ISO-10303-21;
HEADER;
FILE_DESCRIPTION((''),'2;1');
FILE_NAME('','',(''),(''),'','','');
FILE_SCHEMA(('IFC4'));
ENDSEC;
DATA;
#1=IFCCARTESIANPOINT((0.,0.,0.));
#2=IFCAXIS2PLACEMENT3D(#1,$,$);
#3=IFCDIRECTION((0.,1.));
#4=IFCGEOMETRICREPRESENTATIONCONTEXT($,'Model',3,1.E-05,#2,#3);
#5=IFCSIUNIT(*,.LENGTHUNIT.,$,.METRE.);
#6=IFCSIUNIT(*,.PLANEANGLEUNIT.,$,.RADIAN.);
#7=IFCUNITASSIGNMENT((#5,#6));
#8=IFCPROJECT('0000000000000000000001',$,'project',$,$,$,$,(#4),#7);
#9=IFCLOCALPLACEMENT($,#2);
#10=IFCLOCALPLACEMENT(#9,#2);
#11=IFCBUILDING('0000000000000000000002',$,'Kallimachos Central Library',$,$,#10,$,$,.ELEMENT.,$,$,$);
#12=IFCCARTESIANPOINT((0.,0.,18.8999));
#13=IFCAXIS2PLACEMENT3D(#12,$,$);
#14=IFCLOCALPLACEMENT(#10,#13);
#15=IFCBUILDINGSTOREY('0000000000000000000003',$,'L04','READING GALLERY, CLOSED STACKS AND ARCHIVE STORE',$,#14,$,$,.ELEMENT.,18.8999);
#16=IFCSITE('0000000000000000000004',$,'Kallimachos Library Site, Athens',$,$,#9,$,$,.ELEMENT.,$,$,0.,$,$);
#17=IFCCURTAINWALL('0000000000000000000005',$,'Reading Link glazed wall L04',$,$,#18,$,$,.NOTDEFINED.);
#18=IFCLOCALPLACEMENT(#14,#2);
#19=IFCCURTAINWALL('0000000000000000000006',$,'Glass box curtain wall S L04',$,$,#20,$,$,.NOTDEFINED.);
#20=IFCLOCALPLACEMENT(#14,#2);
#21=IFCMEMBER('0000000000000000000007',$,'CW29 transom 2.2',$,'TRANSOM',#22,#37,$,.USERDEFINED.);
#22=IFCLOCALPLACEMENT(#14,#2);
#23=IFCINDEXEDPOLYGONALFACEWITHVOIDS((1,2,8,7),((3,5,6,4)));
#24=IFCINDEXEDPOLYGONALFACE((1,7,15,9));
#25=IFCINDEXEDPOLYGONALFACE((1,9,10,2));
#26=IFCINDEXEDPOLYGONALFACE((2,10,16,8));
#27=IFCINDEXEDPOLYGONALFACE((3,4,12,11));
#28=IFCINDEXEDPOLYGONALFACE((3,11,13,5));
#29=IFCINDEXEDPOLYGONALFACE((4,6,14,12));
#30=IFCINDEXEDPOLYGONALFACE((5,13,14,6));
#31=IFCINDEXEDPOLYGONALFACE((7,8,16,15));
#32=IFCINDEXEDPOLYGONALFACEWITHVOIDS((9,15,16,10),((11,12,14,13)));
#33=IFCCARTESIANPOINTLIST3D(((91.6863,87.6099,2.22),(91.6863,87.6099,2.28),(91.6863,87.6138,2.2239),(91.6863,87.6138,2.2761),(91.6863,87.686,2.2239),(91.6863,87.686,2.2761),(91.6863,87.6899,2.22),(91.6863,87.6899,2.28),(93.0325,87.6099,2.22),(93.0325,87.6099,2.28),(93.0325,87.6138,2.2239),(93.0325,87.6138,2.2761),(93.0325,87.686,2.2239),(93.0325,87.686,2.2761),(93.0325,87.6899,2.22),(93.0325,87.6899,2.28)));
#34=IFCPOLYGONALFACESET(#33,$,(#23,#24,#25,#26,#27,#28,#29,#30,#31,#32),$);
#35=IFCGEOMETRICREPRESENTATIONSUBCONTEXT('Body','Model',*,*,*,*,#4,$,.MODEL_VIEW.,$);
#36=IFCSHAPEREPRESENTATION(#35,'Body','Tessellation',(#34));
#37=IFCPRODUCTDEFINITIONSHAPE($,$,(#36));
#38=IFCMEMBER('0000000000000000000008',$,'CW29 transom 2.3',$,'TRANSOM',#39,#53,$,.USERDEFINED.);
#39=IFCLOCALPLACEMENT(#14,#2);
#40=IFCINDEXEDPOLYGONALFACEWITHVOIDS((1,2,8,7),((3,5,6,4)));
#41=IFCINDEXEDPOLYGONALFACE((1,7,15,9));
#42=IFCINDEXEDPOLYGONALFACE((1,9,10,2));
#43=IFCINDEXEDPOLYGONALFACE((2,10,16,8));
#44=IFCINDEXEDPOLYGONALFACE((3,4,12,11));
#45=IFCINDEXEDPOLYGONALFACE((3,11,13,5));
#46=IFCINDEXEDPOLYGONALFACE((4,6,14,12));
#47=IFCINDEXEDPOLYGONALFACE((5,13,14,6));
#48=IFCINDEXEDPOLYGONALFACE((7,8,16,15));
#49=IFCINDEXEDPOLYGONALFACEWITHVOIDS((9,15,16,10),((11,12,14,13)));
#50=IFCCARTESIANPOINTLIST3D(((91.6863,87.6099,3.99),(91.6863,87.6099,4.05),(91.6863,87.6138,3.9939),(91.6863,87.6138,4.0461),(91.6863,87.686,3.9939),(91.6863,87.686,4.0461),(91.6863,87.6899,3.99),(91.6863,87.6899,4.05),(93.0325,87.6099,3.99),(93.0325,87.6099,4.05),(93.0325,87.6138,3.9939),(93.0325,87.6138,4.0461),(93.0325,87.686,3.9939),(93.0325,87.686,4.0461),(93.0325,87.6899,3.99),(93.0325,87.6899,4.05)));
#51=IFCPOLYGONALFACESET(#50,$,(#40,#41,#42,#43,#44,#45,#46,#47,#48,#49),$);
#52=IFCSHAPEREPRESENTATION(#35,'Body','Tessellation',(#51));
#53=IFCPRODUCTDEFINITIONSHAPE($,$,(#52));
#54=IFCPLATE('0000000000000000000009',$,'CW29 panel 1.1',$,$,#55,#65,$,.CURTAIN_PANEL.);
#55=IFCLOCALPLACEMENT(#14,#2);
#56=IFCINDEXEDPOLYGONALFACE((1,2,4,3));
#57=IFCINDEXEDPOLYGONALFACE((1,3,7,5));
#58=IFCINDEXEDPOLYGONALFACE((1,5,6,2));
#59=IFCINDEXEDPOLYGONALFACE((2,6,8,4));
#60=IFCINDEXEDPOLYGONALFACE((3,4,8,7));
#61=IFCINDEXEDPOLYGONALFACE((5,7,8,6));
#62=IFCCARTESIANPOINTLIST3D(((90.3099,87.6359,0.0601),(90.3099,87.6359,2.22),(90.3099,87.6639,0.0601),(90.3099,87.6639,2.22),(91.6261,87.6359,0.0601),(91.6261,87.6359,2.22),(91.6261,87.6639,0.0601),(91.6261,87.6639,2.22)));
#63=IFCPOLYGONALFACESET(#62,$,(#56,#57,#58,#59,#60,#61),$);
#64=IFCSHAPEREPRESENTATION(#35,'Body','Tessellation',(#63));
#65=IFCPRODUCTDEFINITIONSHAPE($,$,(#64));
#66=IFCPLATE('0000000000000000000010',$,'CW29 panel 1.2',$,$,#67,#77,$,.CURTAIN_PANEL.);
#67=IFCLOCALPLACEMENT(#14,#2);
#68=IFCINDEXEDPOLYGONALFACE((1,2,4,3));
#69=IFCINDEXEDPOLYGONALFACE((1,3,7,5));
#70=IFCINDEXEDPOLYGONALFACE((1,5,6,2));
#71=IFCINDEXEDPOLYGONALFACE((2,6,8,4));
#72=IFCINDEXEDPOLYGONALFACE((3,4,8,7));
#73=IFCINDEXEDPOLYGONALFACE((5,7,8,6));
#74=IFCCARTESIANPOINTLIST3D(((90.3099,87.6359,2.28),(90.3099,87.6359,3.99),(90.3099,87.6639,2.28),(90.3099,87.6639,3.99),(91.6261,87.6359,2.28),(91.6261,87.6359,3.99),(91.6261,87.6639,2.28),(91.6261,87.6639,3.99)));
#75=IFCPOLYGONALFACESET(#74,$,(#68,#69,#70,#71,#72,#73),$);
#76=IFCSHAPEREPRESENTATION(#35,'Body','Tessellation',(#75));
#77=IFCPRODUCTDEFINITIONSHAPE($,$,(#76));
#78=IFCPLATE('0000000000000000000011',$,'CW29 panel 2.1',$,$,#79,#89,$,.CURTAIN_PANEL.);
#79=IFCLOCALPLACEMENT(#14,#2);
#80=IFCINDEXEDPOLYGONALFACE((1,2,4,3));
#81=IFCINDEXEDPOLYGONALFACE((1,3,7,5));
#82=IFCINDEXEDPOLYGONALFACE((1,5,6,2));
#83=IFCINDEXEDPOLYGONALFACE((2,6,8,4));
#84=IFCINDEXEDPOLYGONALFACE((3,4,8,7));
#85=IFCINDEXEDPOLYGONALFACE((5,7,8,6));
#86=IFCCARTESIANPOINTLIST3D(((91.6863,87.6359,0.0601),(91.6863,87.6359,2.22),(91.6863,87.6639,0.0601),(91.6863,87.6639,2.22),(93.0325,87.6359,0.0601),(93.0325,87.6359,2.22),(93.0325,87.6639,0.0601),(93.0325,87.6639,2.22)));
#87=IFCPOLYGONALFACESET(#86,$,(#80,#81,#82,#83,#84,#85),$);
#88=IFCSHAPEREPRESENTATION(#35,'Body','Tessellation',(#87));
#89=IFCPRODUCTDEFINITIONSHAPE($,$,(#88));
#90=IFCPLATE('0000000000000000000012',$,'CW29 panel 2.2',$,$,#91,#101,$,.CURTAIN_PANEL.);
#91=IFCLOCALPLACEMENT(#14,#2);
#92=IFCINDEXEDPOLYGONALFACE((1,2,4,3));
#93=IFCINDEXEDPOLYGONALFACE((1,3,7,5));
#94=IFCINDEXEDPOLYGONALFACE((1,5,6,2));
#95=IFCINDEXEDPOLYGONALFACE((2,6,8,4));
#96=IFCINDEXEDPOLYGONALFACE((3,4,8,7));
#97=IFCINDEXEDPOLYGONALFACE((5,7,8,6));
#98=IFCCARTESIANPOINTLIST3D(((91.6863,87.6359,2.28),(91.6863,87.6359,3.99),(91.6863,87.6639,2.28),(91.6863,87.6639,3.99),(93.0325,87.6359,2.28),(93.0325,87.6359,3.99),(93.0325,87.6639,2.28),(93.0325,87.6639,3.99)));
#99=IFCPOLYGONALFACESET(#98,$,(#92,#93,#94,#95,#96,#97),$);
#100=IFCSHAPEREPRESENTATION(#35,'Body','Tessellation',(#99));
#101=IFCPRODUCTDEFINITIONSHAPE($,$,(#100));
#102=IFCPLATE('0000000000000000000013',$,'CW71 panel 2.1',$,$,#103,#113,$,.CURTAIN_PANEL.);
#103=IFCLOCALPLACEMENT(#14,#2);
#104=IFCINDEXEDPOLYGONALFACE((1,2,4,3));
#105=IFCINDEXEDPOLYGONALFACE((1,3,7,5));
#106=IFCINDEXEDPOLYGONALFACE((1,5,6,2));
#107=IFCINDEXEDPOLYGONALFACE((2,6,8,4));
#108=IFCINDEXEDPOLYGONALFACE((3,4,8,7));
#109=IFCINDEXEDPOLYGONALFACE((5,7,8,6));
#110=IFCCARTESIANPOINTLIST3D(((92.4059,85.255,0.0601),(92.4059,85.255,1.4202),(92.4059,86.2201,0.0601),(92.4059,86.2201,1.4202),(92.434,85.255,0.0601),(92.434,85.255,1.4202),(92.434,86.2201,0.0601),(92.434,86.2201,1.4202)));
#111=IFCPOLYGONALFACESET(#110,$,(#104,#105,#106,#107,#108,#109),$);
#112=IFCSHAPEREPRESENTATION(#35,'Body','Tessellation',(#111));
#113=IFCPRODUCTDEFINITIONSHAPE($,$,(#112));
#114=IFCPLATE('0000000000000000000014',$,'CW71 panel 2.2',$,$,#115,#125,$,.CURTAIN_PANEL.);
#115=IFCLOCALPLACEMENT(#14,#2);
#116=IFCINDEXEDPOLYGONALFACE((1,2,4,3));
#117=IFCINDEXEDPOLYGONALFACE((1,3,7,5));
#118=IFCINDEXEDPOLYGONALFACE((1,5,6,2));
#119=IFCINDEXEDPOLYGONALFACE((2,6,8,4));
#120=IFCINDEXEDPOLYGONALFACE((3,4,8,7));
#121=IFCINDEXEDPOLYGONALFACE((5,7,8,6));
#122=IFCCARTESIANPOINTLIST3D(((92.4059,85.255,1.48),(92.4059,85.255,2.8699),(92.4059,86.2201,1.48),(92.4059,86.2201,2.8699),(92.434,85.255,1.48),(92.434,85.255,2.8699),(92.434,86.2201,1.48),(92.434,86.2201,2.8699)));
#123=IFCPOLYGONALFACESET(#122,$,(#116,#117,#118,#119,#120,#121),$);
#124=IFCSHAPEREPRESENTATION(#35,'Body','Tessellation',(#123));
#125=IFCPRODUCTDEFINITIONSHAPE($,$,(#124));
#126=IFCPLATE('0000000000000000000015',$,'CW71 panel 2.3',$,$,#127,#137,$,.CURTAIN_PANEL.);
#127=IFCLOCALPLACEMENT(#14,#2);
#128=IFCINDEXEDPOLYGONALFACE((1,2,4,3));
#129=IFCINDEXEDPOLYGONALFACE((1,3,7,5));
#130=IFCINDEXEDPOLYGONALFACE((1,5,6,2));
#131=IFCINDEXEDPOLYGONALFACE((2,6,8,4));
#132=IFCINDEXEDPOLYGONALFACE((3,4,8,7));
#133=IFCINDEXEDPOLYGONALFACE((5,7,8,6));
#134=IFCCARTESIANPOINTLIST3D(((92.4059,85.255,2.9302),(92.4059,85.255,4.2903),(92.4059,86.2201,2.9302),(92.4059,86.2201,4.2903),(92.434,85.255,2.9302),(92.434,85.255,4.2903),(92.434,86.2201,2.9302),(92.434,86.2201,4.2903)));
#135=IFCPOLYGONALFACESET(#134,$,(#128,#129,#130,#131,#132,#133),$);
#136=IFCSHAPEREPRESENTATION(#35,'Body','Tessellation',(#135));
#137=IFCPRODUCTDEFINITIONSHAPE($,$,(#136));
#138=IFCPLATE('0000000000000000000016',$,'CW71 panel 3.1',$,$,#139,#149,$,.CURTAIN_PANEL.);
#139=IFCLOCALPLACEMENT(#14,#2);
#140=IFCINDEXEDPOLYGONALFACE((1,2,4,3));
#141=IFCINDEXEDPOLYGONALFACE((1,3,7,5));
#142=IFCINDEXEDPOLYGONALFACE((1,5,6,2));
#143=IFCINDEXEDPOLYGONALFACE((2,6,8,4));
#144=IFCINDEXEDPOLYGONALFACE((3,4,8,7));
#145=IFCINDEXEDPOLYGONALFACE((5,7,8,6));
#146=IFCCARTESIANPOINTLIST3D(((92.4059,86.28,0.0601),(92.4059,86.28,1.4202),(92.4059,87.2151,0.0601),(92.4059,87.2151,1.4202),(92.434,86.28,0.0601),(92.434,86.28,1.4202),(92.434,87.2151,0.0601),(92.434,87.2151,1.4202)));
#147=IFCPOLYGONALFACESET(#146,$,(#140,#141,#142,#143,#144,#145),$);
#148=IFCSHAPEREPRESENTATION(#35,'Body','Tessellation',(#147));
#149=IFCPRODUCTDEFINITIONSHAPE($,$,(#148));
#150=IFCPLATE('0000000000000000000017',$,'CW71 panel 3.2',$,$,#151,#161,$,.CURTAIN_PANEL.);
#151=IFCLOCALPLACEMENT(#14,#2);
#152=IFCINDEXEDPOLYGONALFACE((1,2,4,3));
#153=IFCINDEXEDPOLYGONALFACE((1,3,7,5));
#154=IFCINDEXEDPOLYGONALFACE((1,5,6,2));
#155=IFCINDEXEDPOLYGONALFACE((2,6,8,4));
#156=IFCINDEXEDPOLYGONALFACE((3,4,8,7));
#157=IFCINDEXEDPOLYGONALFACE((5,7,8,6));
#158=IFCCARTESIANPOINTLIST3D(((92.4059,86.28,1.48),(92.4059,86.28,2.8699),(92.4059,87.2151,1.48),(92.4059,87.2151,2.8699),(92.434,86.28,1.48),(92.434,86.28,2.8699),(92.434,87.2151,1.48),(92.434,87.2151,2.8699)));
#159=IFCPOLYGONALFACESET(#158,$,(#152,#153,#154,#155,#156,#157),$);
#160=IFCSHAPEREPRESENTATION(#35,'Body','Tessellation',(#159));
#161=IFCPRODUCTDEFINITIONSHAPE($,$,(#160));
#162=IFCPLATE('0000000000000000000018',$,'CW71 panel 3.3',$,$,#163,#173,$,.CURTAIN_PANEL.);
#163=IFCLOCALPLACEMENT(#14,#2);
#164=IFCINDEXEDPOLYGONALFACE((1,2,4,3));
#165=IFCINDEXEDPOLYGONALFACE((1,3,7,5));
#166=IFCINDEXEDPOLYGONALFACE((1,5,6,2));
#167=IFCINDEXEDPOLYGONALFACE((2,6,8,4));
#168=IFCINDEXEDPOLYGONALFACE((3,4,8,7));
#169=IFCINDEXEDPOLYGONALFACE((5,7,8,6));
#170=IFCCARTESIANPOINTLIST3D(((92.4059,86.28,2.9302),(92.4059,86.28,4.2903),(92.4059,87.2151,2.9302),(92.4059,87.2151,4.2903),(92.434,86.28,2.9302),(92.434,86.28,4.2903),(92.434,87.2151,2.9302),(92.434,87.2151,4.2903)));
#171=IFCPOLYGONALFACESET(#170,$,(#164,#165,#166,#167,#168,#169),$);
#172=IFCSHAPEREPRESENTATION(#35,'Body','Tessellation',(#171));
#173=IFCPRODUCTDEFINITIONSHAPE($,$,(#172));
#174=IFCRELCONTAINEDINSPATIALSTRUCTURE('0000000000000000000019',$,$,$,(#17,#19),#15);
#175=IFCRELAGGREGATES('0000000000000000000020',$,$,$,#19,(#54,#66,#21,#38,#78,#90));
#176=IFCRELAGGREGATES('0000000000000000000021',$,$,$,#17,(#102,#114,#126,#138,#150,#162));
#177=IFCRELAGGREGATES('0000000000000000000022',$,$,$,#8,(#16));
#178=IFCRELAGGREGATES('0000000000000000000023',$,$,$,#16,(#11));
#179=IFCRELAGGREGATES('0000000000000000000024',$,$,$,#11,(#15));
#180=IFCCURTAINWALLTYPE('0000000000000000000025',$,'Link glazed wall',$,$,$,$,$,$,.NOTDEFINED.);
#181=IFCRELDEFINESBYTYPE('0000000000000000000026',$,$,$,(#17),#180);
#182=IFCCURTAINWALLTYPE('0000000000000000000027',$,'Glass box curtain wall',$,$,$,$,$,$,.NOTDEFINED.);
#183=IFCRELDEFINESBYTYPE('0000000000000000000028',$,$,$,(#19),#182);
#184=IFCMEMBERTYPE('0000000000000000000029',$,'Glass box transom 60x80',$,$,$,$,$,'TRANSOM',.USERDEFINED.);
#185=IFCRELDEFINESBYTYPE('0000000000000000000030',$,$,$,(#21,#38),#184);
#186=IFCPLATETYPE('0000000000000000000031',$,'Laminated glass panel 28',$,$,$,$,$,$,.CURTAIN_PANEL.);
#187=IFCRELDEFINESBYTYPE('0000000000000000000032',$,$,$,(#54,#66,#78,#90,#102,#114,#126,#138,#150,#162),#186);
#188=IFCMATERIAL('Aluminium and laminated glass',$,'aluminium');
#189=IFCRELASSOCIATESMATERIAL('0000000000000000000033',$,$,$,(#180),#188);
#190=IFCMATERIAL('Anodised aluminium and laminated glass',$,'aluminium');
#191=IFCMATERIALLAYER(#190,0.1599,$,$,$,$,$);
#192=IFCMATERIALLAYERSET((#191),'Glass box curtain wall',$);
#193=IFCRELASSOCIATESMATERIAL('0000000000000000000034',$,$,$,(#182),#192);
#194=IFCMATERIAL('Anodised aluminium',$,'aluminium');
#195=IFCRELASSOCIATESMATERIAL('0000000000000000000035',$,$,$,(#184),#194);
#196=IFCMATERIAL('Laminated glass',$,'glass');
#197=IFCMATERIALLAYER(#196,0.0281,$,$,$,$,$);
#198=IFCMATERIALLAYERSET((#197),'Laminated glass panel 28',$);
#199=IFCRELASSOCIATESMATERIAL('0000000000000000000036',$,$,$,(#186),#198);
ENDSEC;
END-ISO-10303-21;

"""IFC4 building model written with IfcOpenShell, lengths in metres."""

from ifc_helpers import new_model, si_unit, direction, frame, origin, origin_2d, place, context, subcontext, project, spatial, rectangle, hollow_rectangle, extrude, material, layer, layer_set, material_profile, profile_set, type_object, element, aggregate, save


model = new_model("IFC4")

# Units and contexts
model_context = context("Model", 3, precision=1e-05, world=origin(), true_north=direction((0.0, 1.0)))
body_context = subcontext(model_context, "Body", "Model", "MODEL_VIEW")
ifc_project = project(units=[si_unit("LENGTHUNIT", "METRE"), si_unit("PLANEANGLEUNIT", "RADIAN")], contexts=[model_context])

# Site, building, storey
site_placement = place(None, origin())
site = spatial("IfcSite", under=ifc_project, at=site_placement, Name="Kallimachos Library Site, Athens", CompositionType="ELEMENT", RefElevation=0.0)
building_placement = place(site_placement, origin())
building = spatial("IfcBuilding", under=site, at=building_placement, Name="Kallimachos Central Library", CompositionType="ELEMENT")
storey_placement = place(building_placement, frame((0.0, 0.0, 18.8999)))
storey = spatial("IfcBuildingStorey", under=building, at=storey_placement, Name="L04", Description="READING GALLERY, CLOSED STACKS AND ARCHIVE STORE", CompositionType="ELEMENT", Elevation=18.8999)

# Curtain wall
ifc_material_1 = material(Name="Aluminium and laminated glass", Category="aluminium")
curtain_wall_type_1 = type_object("IfcCurtainWallType", Name="Link glazed wall", PredefinedType="NOTDEFINED", material=ifc_material_1)
curtain_wall_1_placement = place(storey_placement, origin())
curtain_wall_1 = element("IfcCurtainWall", 1, at=curtain_wall_1_placement, inside=storey, type_object=curtain_wall_type_1, Name="Reading Link glazed wall L04", PredefinedType="NOTDEFINED")

# Curtain wall, members, plates
ifc_material_2 = material(Name="Anodised aluminium and laminated glass", Category="aluminium")
ifc_layer_1 = layer(ifc_material_2, 0.1599)
ifc_layer_set_1 = layer_set([ifc_layer_1], Name="Glass box curtain wall")
curtain_wall_type_2 = type_object("IfcCurtainWallType", Name="Glass box curtain wall", PredefinedType="NOTDEFINED", material=ifc_layer_set_1)
curtain_wall_2_placement = place(storey_placement, origin())
curtain_wall_2 = element("IfcCurtainWall", 2, at=curtain_wall_2_placement, inside=storey, type_object=curtain_wall_type_2, Name="Glass box curtain wall S L04", PredefinedType="NOTDEFINED")
ifc_material_3 = material(Name="Anodised aluminium", Category="aluminium")
ifc_material_profile_1 = material_profile(ifc_material_3, hollow_rectangle(XDim=0.0601, YDim=0.0801, WallThickness=0.0039, at=origin_2d()), Name="ALU TRANSOM 60x80")
ifc_profile_set_1 = profile_set([ifc_material_profile_1], Name="Anodised aluminium")
member_type_1 = type_object("IfcMemberType", Name="Glass box transom 60x80", ElementType="TRANSOM", PredefinedType="USERDEFINED", material=ifc_profile_set_1)
member_1_placement = place(storey_placement, frame((91.6863, 87.6499, 2.25), z_axis=(1.0, 0.0, 0.0), x_axis=(0.0, 0.0, 1.0)))
member_1 = element("IfcMember", 3, at=member_1_placement, type_object=member_type_1, Name="CW29 transom 2.2", ObjectType="TRANSOM", PredefinedType="USERDEFINED", context=body_context, shape_type="SweptSolid", body=[
    extrude(hollow_rectangle(XDim=0.0601, YDim=0.0801, WallThickness=0.0039, at=origin_2d()), origin(), (0.0, 0.0, 1.0), 1.3462),
])
member_2_placement = place(storey_placement, frame((91.6863, 87.6499, 4.02), z_axis=(1.0, 0.0, 0.0), x_axis=(0.0, 0.0, 1.0)))
member_2 = element("IfcMember", 4, at=member_2_placement, type_object=member_type_1, Name="CW29 transom 2.3", ObjectType="TRANSOM", PredefinedType="USERDEFINED", context=body_context, shape_type="SweptSolid", body=[
    extrude(hollow_rectangle(XDim=0.0601, YDim=0.0801, WallThickness=0.0039, at=origin_2d()), origin(), (0.0, 0.0, 1.0), 1.3462),
])
ifc_material_4 = material(Name="Laminated glass", Category="glass")
ifc_layer_2 = layer(ifc_material_4, 0.0281)
ifc_layer_set_2 = layer_set([ifc_layer_2], Name="Laminated glass panel 28")
plate_type = type_object("IfcPlateType", Name="Laminated glass panel 28", PredefinedType="CURTAIN_PANEL", material=ifc_layer_set_2)
plate_1_placement = place(storey_placement, frame((90.968, 87.6499, 0.0601), z_axis=(0.0, 0.0, 1.0), x_axis=(1.0, 0.0, 0.0)))
plate_1 = element("IfcPlate", 5, at=plate_1_placement, type_object=plate_type, Name="CW29 panel 1.1", PredefinedType="CURTAIN_PANEL", context=body_context, shape_type="SweptSolid", body=[
    extrude(rectangle(XDim=1.3162, YDim=0.0281, at=origin_2d()), origin(), (0.0, 0.0, 1.0), 2.1599),
])
plate_2_placement = place(storey_placement, frame((90.968, 87.6499, 2.28), z_axis=(0.0, 0.0, 1.0), x_axis=(1.0, 0.0, 0.0)))
plate_2 = element("IfcPlate", 6, at=plate_2_placement, type_object=plate_type, Name="CW29 panel 1.2", PredefinedType="CURTAIN_PANEL", context=body_context, shape_type="SweptSolid", body=[
    extrude(rectangle(XDim=1.3162, YDim=0.0281, at=origin_2d()), origin(), (0.0, 0.0, 1.0), 1.71),
])
plate_3_placement = place(storey_placement, frame((92.3594, 87.6499, 0.0601), z_axis=(0.0, 0.0, 1.0), x_axis=(1.0, 0.0, 0.0)))
plate_3 = element("IfcPlate", 7, at=plate_3_placement, type_object=plate_type, Name="CW29 panel 2.1", PredefinedType="CURTAIN_PANEL", context=body_context, shape_type="SweptSolid", body=[
    extrude(rectangle(XDim=1.3462, YDim=0.0281, at=origin_2d()), origin(), (0.0, 0.0, 1.0), 2.1599),
])
plate_4_placement = place(storey_placement, frame((92.3594, 87.6499, 2.28), z_axis=(0.0, 0.0, 1.0), x_axis=(1.0, 0.0, 0.0)))
plate_4 = element("IfcPlate", 8, at=plate_4_placement, type_object=plate_type, Name="CW29 panel 2.2", PredefinedType="CURTAIN_PANEL", context=body_context, shape_type="SweptSolid", body=[
    extrude(rectangle(XDim=1.3462, YDim=0.0281, at=origin_2d()), origin(), (0.0, 0.0, 1.0), 1.71),
])
aggregate(curtain_wall_2, [plate_1, plate_2, member_1, member_2, plate_3, plate_4])

# Plates
plate_5_placement = place(storey_placement, frame((92.4199, 85.7375, 0.0601), z_axis=(0.0, 0.0, 1.0), x_axis=(0.0, 1.0, 0.0)))
plate_5 = element("IfcPlate", 9, at=plate_5_placement, type_object=plate_type, Name="CW71 panel 2.1", PredefinedType="CURTAIN_PANEL", context=body_context, shape_type="SweptSolid", body=[
    extrude(rectangle(XDim=0.9651, YDim=0.0281, at=origin_2d()), origin(), (0.0, 0.0, 1.0), 1.3601),
])
plate_6_placement = place(storey_placement, frame((92.4199, 85.7375, 1.48), z_axis=(0.0, 0.0, 1.0), x_axis=(0.0, 1.0, 0.0)))
plate_6 = element("IfcPlate", 10, at=plate_6_placement, type_object=plate_type, Name="CW71 panel 2.2", PredefinedType="CURTAIN_PANEL", context=body_context, shape_type="SweptSolid", body=[
    extrude(rectangle(XDim=0.9651, YDim=0.0281, at=origin_2d()), origin(), (0.0, 0.0, 1.0), 1.3899),
])
plate_7_placement = place(storey_placement, frame((92.4199, 85.7375, 2.9302), z_axis=(0.0, 0.0, 1.0), x_axis=(0.0, 1.0, 0.0)))
plate_7 = element("IfcPlate", 11, at=plate_7_placement, type_object=plate_type, Name="CW71 panel 2.3", PredefinedType="CURTAIN_PANEL", context=body_context, shape_type="SweptSolid", body=[
    extrude(rectangle(XDim=0.9651, YDim=0.0281, at=origin_2d()), origin(), (0.0, 0.0, 1.0), 1.3601),
])
plate_8_placement = place(storey_placement, frame((92.4199, 86.7476, 0.0601), z_axis=(0.0, 0.0, 1.0), x_axis=(0.0, 1.0, 0.0)))
plate_8 = element("IfcPlate", 12, at=plate_8_placement, type_object=plate_type, Name="CW71 panel 3.1", PredefinedType="CURTAIN_PANEL", context=body_context, shape_type="SweptSolid", body=[
    extrude(rectangle(XDim=0.9351, YDim=0.0281, at=origin_2d()), origin(), (0.0, 0.0, 1.0), 1.3601),
])
plate_9_placement = place(storey_placement, frame((92.4199, 86.7476, 1.48), z_axis=(0.0, 0.0, 1.0), x_axis=(0.0, 1.0, 0.0)))
plate_9 = element("IfcPlate", 13, at=plate_9_placement, type_object=plate_type, Name="CW71 panel 3.2", PredefinedType="CURTAIN_PANEL", context=body_context, shape_type="SweptSolid", body=[
    extrude(rectangle(XDim=0.9351, YDim=0.0281, at=origin_2d()), origin(), (0.0, 0.0, 1.0), 1.3899),
])
plate_10_placement = place(storey_placement, frame((92.4199, 86.7476, 2.9302), z_axis=(0.0, 0.0, 1.0), x_axis=(0.0, 1.0, 0.0)))
plate_10 = element("IfcPlate", 14, at=plate_10_placement, type_object=plate_type, Name="CW71 panel 3.3", PredefinedType="CURTAIN_PANEL", context=body_context, shape_type="SweptSolid", body=[
    extrude(rectangle(XDim=0.9351, YDim=0.0281, at=origin_2d()), origin(), (0.0, 0.0, 1.0), 1.3601),
])
aggregate(curtain_wall_1, [plate_5, plate_6, plate_7, plate_8, plate_9, plate_10])

save(model, "model.ifc")
